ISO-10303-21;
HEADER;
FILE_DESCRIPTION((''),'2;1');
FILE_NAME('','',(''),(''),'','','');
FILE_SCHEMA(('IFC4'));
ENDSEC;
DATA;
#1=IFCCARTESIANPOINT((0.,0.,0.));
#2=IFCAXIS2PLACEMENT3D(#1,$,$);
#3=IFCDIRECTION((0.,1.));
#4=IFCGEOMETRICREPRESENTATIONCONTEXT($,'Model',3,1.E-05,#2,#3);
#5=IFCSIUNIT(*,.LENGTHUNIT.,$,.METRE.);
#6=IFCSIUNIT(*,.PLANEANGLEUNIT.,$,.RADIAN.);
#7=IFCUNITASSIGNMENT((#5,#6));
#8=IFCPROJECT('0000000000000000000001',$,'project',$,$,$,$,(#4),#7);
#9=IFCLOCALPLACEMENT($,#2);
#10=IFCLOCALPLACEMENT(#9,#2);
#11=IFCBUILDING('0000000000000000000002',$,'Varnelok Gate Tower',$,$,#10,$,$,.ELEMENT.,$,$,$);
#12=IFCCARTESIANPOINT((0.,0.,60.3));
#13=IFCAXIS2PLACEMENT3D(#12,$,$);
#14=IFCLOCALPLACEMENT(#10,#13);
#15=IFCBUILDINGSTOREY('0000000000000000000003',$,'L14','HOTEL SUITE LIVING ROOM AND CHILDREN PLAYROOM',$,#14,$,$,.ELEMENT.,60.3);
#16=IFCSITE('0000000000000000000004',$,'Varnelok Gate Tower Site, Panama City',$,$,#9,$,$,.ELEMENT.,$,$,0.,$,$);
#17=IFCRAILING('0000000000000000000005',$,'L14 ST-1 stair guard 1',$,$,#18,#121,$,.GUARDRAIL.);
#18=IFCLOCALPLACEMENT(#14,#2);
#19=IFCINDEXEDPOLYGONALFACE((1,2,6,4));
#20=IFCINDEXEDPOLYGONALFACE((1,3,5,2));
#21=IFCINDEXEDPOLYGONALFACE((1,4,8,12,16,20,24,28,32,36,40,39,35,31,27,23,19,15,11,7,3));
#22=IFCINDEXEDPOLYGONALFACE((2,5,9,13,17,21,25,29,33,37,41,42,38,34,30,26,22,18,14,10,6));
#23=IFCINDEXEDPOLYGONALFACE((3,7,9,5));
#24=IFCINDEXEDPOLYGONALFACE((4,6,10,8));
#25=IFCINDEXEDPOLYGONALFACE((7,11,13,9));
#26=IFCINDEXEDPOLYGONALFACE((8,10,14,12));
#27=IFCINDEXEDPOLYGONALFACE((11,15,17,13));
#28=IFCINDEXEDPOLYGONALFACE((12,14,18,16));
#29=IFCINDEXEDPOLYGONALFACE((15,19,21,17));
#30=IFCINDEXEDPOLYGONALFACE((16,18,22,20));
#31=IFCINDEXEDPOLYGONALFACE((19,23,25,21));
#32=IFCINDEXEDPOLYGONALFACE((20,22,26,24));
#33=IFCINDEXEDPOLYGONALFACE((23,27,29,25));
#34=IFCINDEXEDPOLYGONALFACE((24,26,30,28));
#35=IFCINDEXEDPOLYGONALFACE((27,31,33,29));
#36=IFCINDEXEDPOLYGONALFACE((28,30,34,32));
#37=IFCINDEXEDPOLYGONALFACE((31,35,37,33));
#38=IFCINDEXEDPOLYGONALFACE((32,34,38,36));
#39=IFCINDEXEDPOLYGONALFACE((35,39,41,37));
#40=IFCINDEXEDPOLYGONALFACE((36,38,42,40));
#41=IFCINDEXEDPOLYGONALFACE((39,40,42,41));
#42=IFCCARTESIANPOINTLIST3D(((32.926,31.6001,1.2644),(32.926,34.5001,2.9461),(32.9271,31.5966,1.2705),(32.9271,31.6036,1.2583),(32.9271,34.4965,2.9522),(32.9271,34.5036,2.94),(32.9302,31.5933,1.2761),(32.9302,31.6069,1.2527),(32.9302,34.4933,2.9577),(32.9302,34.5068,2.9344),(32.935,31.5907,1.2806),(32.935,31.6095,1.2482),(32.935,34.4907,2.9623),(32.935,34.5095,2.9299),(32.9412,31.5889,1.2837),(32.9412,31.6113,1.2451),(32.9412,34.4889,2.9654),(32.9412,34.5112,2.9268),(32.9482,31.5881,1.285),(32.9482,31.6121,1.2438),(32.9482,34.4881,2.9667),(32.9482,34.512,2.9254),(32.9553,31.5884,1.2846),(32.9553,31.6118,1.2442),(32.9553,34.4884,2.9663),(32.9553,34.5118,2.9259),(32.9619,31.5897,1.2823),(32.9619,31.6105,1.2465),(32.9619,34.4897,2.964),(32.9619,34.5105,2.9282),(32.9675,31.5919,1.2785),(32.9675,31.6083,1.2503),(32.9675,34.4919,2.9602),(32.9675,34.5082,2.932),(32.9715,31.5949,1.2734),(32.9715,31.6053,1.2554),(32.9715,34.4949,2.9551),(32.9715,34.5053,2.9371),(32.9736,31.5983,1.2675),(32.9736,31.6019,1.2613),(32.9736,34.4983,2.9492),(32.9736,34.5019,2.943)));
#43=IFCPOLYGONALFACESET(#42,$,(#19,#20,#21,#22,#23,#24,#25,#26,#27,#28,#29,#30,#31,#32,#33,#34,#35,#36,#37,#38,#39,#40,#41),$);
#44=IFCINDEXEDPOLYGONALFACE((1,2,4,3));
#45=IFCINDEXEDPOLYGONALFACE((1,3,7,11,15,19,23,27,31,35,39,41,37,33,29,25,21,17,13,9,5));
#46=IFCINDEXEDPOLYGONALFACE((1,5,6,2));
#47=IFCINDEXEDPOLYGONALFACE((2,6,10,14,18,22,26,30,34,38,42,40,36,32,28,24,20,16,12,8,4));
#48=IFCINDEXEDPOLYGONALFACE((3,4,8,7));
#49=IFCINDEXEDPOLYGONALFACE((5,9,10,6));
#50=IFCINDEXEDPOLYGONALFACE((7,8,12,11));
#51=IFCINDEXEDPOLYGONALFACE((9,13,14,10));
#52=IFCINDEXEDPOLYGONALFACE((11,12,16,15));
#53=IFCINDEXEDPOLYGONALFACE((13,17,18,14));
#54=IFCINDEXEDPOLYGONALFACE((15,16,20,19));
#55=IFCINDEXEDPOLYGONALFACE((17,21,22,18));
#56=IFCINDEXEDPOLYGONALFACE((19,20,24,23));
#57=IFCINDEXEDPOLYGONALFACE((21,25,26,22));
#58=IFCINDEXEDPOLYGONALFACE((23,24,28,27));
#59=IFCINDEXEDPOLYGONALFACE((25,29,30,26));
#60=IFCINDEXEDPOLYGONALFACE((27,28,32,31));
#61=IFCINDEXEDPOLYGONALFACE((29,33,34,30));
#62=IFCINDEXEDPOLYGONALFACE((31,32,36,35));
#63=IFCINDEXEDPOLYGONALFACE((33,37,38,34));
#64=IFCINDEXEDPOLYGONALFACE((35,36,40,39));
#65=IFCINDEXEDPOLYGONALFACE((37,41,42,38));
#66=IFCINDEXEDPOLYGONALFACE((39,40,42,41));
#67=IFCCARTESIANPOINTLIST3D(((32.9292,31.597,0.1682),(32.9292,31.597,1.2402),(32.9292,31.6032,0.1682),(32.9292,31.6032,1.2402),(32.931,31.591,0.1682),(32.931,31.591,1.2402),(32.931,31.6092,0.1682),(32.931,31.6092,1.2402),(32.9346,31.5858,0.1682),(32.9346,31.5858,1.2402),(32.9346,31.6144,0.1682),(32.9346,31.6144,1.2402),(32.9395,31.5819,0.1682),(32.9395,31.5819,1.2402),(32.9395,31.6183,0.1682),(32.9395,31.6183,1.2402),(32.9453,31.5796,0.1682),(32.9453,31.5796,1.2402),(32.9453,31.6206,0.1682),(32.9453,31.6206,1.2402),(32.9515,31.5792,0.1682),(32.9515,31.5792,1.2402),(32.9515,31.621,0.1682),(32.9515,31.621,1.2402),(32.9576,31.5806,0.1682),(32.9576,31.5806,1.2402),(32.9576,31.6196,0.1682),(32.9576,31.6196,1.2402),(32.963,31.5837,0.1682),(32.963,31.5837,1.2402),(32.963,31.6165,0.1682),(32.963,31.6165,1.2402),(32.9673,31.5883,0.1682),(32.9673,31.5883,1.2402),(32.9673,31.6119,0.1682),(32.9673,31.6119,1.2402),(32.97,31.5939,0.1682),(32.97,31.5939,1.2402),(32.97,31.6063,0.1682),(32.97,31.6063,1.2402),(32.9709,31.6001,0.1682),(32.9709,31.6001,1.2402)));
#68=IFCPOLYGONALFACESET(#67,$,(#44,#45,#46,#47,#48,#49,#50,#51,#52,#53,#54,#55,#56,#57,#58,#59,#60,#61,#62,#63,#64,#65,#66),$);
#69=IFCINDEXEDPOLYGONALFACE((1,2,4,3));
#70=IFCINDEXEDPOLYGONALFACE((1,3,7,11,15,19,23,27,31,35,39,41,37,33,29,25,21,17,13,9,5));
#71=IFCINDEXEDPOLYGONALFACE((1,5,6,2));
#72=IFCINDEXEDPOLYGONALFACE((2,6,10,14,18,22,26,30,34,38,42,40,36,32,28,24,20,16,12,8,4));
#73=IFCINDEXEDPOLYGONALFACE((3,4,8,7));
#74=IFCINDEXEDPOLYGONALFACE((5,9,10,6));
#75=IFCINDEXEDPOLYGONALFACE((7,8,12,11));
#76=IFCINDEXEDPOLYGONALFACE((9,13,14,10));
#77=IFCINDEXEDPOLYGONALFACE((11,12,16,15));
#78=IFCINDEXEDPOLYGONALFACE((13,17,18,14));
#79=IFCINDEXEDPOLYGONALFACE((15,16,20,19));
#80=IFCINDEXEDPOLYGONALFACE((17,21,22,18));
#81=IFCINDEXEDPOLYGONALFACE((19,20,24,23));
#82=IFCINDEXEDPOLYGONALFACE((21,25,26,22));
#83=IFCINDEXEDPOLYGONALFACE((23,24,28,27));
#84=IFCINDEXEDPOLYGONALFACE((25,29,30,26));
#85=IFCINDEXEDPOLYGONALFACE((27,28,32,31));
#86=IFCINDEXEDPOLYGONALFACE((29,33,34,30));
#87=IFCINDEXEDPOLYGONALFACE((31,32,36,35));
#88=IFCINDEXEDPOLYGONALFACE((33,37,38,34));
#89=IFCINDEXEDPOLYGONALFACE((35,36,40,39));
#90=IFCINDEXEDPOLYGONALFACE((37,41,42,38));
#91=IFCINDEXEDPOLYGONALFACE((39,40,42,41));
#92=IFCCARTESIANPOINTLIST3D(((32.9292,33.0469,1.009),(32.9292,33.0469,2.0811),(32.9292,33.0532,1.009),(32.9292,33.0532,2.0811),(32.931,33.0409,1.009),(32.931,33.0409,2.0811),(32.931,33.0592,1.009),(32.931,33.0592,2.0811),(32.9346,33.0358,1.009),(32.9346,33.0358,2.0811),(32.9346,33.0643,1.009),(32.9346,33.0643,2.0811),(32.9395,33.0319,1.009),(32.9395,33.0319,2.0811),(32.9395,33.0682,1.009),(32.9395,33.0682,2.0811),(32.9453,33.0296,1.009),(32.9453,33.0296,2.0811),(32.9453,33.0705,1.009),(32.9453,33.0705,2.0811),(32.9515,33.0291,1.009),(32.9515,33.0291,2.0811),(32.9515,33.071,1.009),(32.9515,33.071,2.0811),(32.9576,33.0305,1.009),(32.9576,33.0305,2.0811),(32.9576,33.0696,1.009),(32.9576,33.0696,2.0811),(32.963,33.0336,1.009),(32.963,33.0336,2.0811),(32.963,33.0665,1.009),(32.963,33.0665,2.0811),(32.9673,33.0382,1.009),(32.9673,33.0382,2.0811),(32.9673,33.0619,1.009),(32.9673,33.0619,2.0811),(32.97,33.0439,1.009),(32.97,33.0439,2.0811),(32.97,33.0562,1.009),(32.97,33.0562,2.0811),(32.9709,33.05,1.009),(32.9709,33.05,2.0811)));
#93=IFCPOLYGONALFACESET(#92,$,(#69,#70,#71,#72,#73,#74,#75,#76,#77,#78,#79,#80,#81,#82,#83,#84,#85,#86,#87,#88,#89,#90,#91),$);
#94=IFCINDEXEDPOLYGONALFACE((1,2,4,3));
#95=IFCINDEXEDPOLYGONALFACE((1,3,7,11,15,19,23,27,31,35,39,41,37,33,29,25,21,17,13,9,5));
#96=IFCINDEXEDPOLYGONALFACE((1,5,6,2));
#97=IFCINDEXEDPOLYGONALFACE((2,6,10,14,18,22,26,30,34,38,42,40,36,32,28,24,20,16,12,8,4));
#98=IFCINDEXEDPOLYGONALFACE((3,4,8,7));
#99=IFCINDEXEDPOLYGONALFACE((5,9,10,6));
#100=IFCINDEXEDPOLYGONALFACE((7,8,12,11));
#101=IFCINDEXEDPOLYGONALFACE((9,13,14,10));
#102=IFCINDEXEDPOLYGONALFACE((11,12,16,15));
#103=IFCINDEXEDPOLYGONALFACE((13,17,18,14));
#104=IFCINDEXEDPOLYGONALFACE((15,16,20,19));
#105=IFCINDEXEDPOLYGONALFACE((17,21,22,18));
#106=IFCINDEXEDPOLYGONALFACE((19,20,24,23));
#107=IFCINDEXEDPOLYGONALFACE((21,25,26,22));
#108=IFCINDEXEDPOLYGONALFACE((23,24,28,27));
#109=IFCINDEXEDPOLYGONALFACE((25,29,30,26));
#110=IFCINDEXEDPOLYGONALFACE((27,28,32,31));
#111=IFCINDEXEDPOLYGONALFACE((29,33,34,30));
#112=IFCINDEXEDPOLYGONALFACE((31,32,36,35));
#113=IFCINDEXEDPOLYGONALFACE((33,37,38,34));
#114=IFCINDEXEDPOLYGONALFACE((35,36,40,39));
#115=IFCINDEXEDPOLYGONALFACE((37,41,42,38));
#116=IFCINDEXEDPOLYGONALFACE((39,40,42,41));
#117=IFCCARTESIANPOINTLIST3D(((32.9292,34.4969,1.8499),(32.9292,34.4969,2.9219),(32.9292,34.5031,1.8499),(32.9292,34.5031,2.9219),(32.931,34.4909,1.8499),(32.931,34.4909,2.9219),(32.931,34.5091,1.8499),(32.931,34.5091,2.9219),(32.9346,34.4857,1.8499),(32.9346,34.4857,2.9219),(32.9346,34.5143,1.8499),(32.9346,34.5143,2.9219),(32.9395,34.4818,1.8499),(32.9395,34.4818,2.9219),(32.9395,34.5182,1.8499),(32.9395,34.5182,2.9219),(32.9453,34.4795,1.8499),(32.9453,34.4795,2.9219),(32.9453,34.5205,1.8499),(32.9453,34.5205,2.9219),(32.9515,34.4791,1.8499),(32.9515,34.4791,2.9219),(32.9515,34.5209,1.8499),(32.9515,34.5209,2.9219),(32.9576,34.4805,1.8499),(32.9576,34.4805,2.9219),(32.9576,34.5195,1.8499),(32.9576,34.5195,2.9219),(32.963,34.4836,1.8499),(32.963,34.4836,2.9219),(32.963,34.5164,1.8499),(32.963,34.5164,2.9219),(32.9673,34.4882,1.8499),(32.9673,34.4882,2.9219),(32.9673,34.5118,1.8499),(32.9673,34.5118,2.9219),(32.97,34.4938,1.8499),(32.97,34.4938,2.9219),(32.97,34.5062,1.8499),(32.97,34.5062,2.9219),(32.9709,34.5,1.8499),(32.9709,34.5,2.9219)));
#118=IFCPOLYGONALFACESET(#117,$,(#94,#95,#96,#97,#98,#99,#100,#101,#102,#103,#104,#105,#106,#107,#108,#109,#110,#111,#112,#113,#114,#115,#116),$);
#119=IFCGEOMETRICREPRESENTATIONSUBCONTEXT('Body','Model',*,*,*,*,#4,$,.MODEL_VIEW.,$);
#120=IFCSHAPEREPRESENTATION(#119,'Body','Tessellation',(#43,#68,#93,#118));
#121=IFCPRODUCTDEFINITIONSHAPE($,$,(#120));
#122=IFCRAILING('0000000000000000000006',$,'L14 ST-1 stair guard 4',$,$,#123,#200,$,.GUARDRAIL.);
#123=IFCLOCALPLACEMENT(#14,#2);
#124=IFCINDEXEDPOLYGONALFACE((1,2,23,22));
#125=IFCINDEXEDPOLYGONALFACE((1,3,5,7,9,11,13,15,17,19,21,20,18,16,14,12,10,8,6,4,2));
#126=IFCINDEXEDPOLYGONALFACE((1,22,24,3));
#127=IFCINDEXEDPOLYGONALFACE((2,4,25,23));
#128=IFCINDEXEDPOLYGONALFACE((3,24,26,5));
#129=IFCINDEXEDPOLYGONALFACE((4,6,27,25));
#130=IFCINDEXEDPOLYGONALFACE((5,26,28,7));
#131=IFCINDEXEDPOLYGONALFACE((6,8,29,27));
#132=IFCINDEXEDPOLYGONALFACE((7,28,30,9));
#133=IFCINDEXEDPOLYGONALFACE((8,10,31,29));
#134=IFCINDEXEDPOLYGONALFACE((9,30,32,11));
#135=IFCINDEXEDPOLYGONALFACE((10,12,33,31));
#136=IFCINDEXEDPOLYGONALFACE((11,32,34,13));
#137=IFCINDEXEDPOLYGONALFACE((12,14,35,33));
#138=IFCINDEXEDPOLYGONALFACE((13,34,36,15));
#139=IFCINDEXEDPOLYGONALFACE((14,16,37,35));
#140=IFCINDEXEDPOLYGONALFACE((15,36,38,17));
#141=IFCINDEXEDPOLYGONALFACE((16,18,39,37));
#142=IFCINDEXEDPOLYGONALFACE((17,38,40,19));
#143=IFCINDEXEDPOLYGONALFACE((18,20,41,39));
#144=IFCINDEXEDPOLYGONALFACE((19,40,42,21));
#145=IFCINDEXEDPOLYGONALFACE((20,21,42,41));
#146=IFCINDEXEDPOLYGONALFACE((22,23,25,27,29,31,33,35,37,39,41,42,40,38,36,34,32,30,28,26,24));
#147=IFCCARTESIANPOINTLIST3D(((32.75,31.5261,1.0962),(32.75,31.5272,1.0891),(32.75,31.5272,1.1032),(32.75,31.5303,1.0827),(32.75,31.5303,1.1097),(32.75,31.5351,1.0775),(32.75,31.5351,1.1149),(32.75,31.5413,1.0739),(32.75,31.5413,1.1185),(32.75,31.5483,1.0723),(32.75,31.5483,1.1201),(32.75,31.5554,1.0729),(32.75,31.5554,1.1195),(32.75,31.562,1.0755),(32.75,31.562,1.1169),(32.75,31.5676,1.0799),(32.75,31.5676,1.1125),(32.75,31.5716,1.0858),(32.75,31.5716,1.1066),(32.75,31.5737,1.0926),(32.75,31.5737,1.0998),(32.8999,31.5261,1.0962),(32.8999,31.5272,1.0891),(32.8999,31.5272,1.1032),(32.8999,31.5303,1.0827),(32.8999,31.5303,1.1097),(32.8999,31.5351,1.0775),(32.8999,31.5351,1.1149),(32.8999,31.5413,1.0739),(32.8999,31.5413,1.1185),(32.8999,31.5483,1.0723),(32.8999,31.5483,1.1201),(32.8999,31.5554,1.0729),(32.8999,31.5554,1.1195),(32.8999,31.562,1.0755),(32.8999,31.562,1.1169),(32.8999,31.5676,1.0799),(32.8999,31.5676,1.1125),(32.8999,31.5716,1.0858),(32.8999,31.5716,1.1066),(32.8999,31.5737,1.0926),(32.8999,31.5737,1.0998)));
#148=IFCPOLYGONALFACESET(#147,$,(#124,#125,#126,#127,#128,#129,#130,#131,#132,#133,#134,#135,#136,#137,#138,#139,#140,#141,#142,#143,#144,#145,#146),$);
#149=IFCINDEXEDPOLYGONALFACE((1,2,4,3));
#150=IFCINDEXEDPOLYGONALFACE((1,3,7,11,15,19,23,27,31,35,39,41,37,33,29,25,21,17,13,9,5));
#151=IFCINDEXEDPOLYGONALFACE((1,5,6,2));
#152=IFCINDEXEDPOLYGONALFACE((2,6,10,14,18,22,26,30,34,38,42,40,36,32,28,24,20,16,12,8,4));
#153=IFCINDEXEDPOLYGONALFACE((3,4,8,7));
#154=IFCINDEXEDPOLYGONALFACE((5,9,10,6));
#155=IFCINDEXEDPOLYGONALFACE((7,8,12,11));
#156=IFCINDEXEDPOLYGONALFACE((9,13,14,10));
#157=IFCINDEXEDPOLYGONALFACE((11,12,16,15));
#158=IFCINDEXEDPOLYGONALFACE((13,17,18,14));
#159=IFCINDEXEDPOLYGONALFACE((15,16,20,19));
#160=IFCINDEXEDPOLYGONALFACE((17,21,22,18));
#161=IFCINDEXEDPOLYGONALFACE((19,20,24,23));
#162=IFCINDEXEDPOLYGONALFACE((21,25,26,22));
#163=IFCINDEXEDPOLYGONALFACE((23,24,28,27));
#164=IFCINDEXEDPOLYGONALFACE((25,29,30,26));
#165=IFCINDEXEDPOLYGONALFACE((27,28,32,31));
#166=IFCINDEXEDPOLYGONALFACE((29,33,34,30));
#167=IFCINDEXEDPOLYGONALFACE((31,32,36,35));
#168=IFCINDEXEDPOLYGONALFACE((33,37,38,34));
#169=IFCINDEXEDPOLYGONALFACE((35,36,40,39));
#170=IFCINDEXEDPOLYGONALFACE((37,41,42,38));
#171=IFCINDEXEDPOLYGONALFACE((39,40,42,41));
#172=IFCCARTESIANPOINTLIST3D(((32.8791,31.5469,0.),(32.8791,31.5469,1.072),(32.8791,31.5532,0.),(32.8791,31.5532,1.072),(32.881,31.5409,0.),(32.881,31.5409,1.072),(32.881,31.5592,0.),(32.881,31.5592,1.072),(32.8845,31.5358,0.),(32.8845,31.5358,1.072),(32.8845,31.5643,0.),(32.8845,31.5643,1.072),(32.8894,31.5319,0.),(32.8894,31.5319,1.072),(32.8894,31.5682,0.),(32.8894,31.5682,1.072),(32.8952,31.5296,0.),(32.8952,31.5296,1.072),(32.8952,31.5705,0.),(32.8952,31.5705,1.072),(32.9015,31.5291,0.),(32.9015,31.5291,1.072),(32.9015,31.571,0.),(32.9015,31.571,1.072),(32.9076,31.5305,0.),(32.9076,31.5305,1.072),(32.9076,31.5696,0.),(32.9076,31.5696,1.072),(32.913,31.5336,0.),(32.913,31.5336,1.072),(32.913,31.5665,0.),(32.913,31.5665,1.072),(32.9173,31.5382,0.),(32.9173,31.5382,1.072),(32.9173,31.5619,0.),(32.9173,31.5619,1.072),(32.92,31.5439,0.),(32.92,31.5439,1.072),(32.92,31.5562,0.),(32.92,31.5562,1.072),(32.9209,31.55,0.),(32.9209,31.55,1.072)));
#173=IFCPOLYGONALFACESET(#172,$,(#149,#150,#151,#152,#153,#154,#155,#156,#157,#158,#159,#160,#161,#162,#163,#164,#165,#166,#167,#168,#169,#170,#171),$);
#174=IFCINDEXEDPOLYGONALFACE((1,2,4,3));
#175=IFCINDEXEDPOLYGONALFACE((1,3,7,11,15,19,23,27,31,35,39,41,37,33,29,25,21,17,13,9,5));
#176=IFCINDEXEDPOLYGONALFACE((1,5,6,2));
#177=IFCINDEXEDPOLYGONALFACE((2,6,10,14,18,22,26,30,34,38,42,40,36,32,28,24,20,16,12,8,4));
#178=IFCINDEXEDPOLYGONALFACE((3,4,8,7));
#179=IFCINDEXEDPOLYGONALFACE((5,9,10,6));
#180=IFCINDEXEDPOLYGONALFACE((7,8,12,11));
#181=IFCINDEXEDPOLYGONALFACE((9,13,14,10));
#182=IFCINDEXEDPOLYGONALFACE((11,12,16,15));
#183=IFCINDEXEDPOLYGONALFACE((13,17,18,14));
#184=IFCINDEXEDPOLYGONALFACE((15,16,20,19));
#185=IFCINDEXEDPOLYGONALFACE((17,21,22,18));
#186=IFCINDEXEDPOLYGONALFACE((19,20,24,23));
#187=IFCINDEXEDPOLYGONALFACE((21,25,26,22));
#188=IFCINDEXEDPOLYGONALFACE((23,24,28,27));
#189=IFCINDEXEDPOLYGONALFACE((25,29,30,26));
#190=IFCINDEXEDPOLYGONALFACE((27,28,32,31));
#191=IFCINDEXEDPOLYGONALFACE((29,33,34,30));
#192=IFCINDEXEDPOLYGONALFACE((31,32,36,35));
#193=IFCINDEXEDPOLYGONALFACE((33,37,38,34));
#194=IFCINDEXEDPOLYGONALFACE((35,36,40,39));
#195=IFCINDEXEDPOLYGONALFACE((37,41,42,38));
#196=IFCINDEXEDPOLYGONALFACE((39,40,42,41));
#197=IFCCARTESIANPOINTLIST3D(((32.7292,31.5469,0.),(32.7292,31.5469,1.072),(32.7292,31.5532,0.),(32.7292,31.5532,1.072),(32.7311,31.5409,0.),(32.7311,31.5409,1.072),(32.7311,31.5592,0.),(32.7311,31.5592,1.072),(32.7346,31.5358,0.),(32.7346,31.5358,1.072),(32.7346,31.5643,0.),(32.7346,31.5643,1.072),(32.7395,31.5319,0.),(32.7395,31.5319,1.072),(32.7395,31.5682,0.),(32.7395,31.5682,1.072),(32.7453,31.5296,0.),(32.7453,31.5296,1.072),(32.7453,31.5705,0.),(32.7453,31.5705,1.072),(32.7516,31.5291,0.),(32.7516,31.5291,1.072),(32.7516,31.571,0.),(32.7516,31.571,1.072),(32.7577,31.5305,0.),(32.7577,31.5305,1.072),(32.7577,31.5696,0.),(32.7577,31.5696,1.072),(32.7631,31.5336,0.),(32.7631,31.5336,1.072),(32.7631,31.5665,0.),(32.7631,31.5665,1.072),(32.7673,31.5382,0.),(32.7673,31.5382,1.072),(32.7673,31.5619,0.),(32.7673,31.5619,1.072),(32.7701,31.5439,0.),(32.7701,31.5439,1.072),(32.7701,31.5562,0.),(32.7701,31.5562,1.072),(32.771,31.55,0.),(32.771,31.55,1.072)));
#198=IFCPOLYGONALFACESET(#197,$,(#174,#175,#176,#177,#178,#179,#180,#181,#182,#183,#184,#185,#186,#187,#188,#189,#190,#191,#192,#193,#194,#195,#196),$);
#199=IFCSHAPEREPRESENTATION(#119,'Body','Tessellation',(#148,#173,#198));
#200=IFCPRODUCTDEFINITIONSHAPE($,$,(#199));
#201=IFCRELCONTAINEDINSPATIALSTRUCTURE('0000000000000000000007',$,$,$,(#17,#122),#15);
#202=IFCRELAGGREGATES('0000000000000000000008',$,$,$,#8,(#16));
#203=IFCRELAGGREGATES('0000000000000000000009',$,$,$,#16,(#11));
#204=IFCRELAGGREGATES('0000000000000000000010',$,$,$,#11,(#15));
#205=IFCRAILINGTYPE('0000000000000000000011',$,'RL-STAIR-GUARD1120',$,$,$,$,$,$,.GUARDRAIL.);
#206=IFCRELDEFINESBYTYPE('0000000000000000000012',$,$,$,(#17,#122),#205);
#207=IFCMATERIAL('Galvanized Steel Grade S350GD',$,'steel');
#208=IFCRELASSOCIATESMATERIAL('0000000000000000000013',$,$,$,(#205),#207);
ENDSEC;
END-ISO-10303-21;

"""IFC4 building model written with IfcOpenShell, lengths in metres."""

from ifc_helpers import new_model, si_unit, direction, frame, origin, origin_2d, place, context, subcontext, project, spatial, circle, extrude, material, type_object, element, save


model = new_model("IFC4")

# Units and contexts
model_context = context("Model", 3, precision=1e-05, world=origin(), true_north=direction((0.0, 1.0)))
body_context = subcontext(model_context, "Body", "Model", "MODEL_VIEW")
ifc_project = project(units=[si_unit("LENGTHUNIT", "METRE"), si_unit("PLANEANGLEUNIT", "RADIAN")], contexts=[model_context])

# Site, building, storey
site_placement = place(None, origin())
site = spatial("IfcSite", under=ifc_project, at=site_placement, Name="Varnelok Gate Tower Site, Panama City", CompositionType="ELEMENT", RefElevation=0.0)
building_placement = place(site_placement, origin())
building = spatial("IfcBuilding", under=site, at=building_placement, Name="Varnelok Gate Tower", CompositionType="ELEMENT")
storey_placement = place(building_placement, frame((0.0, 0.0, 60.3)))
storey = spatial("IfcBuildingStorey", under=building, at=storey_placement, Name="L14", Description="HOTEL SUITE LIVING ROOM AND CHILDREN PLAYROOM", CompositionType="ELEMENT", Elevation=60.3)

# Shared definitions
ifc_material_1 = material(Name="Galvanized Steel Grade S350GD", Category="steel")

# Railings
railing_type_1 = type_object("IfcRailingType", Name="RL-STAIR-GUARD1120", PredefinedType="GUARDRAIL", material=ifc_material_1)
railing_1_placement = place(storey_placement, frame((32.95, 31.6001, 0.1682)))
element("IfcRailing", 1, at=railing_1_placement, inside=storey, type_object=railing_type_1, Name="L14 ST-1 stair guard 1", PredefinedType="GUARDRAIL", context=body_context, shape_type="SweptSolid", body=[
    extrude(circle(Radius=0.0239, at=origin_2d()), frame((0.0, 0.0, 1.0962), z_axis=(0.0, 0.86507, 0.501651), x_axis=(-1.0, 0.0, 0.0)), (0.0, 0.0, 1.0), 3.3523),
    extrude(circle(Radius=0.021, at=origin_2d()), origin(), (0.0, 0.0, 1.0), 1.072),
    extrude(circle(Radius=0.021, at=origin_2d()), frame((0.0, 1.45, 0.8408)), (0.0, 0.0, 1.0), 1.072),
    extrude(circle(Radius=0.021, at=origin_2d()), frame((0.0, 2.8999, 1.6816)), (0.0, 0.0, 1.0), 1.072),
])
railing_2_placement = place(storey_placement, frame((32.8999, 31.55, 0.0)))
element("IfcRailing", 2, at=railing_2_placement, inside=storey, type_object=railing_type_1, Name="L14 ST-1 stair guard 4", PredefinedType="GUARDRAIL", context=body_context, shape_type="SweptSolid", body=[
    extrude(circle(Radius=0.0239, at=origin_2d()), frame((0.0, 0.0, 1.0962), z_axis=(-1.0, 0.0, 0.0), x_axis=(0.0, -1.0, 0.0)), (0.0, 0.0, 1.0), 0.1499),
    extrude(circle(Radius=0.021, at=origin_2d()), origin(), (0.0, 0.0, 1.0), 1.072),
    extrude(circle(Radius=0.021, at=origin_2d()), frame((-0.1499, 0.0, 0.0)), (0.0, 0.0, 1.0), 1.072),
])

save(model, "model.ifc")
